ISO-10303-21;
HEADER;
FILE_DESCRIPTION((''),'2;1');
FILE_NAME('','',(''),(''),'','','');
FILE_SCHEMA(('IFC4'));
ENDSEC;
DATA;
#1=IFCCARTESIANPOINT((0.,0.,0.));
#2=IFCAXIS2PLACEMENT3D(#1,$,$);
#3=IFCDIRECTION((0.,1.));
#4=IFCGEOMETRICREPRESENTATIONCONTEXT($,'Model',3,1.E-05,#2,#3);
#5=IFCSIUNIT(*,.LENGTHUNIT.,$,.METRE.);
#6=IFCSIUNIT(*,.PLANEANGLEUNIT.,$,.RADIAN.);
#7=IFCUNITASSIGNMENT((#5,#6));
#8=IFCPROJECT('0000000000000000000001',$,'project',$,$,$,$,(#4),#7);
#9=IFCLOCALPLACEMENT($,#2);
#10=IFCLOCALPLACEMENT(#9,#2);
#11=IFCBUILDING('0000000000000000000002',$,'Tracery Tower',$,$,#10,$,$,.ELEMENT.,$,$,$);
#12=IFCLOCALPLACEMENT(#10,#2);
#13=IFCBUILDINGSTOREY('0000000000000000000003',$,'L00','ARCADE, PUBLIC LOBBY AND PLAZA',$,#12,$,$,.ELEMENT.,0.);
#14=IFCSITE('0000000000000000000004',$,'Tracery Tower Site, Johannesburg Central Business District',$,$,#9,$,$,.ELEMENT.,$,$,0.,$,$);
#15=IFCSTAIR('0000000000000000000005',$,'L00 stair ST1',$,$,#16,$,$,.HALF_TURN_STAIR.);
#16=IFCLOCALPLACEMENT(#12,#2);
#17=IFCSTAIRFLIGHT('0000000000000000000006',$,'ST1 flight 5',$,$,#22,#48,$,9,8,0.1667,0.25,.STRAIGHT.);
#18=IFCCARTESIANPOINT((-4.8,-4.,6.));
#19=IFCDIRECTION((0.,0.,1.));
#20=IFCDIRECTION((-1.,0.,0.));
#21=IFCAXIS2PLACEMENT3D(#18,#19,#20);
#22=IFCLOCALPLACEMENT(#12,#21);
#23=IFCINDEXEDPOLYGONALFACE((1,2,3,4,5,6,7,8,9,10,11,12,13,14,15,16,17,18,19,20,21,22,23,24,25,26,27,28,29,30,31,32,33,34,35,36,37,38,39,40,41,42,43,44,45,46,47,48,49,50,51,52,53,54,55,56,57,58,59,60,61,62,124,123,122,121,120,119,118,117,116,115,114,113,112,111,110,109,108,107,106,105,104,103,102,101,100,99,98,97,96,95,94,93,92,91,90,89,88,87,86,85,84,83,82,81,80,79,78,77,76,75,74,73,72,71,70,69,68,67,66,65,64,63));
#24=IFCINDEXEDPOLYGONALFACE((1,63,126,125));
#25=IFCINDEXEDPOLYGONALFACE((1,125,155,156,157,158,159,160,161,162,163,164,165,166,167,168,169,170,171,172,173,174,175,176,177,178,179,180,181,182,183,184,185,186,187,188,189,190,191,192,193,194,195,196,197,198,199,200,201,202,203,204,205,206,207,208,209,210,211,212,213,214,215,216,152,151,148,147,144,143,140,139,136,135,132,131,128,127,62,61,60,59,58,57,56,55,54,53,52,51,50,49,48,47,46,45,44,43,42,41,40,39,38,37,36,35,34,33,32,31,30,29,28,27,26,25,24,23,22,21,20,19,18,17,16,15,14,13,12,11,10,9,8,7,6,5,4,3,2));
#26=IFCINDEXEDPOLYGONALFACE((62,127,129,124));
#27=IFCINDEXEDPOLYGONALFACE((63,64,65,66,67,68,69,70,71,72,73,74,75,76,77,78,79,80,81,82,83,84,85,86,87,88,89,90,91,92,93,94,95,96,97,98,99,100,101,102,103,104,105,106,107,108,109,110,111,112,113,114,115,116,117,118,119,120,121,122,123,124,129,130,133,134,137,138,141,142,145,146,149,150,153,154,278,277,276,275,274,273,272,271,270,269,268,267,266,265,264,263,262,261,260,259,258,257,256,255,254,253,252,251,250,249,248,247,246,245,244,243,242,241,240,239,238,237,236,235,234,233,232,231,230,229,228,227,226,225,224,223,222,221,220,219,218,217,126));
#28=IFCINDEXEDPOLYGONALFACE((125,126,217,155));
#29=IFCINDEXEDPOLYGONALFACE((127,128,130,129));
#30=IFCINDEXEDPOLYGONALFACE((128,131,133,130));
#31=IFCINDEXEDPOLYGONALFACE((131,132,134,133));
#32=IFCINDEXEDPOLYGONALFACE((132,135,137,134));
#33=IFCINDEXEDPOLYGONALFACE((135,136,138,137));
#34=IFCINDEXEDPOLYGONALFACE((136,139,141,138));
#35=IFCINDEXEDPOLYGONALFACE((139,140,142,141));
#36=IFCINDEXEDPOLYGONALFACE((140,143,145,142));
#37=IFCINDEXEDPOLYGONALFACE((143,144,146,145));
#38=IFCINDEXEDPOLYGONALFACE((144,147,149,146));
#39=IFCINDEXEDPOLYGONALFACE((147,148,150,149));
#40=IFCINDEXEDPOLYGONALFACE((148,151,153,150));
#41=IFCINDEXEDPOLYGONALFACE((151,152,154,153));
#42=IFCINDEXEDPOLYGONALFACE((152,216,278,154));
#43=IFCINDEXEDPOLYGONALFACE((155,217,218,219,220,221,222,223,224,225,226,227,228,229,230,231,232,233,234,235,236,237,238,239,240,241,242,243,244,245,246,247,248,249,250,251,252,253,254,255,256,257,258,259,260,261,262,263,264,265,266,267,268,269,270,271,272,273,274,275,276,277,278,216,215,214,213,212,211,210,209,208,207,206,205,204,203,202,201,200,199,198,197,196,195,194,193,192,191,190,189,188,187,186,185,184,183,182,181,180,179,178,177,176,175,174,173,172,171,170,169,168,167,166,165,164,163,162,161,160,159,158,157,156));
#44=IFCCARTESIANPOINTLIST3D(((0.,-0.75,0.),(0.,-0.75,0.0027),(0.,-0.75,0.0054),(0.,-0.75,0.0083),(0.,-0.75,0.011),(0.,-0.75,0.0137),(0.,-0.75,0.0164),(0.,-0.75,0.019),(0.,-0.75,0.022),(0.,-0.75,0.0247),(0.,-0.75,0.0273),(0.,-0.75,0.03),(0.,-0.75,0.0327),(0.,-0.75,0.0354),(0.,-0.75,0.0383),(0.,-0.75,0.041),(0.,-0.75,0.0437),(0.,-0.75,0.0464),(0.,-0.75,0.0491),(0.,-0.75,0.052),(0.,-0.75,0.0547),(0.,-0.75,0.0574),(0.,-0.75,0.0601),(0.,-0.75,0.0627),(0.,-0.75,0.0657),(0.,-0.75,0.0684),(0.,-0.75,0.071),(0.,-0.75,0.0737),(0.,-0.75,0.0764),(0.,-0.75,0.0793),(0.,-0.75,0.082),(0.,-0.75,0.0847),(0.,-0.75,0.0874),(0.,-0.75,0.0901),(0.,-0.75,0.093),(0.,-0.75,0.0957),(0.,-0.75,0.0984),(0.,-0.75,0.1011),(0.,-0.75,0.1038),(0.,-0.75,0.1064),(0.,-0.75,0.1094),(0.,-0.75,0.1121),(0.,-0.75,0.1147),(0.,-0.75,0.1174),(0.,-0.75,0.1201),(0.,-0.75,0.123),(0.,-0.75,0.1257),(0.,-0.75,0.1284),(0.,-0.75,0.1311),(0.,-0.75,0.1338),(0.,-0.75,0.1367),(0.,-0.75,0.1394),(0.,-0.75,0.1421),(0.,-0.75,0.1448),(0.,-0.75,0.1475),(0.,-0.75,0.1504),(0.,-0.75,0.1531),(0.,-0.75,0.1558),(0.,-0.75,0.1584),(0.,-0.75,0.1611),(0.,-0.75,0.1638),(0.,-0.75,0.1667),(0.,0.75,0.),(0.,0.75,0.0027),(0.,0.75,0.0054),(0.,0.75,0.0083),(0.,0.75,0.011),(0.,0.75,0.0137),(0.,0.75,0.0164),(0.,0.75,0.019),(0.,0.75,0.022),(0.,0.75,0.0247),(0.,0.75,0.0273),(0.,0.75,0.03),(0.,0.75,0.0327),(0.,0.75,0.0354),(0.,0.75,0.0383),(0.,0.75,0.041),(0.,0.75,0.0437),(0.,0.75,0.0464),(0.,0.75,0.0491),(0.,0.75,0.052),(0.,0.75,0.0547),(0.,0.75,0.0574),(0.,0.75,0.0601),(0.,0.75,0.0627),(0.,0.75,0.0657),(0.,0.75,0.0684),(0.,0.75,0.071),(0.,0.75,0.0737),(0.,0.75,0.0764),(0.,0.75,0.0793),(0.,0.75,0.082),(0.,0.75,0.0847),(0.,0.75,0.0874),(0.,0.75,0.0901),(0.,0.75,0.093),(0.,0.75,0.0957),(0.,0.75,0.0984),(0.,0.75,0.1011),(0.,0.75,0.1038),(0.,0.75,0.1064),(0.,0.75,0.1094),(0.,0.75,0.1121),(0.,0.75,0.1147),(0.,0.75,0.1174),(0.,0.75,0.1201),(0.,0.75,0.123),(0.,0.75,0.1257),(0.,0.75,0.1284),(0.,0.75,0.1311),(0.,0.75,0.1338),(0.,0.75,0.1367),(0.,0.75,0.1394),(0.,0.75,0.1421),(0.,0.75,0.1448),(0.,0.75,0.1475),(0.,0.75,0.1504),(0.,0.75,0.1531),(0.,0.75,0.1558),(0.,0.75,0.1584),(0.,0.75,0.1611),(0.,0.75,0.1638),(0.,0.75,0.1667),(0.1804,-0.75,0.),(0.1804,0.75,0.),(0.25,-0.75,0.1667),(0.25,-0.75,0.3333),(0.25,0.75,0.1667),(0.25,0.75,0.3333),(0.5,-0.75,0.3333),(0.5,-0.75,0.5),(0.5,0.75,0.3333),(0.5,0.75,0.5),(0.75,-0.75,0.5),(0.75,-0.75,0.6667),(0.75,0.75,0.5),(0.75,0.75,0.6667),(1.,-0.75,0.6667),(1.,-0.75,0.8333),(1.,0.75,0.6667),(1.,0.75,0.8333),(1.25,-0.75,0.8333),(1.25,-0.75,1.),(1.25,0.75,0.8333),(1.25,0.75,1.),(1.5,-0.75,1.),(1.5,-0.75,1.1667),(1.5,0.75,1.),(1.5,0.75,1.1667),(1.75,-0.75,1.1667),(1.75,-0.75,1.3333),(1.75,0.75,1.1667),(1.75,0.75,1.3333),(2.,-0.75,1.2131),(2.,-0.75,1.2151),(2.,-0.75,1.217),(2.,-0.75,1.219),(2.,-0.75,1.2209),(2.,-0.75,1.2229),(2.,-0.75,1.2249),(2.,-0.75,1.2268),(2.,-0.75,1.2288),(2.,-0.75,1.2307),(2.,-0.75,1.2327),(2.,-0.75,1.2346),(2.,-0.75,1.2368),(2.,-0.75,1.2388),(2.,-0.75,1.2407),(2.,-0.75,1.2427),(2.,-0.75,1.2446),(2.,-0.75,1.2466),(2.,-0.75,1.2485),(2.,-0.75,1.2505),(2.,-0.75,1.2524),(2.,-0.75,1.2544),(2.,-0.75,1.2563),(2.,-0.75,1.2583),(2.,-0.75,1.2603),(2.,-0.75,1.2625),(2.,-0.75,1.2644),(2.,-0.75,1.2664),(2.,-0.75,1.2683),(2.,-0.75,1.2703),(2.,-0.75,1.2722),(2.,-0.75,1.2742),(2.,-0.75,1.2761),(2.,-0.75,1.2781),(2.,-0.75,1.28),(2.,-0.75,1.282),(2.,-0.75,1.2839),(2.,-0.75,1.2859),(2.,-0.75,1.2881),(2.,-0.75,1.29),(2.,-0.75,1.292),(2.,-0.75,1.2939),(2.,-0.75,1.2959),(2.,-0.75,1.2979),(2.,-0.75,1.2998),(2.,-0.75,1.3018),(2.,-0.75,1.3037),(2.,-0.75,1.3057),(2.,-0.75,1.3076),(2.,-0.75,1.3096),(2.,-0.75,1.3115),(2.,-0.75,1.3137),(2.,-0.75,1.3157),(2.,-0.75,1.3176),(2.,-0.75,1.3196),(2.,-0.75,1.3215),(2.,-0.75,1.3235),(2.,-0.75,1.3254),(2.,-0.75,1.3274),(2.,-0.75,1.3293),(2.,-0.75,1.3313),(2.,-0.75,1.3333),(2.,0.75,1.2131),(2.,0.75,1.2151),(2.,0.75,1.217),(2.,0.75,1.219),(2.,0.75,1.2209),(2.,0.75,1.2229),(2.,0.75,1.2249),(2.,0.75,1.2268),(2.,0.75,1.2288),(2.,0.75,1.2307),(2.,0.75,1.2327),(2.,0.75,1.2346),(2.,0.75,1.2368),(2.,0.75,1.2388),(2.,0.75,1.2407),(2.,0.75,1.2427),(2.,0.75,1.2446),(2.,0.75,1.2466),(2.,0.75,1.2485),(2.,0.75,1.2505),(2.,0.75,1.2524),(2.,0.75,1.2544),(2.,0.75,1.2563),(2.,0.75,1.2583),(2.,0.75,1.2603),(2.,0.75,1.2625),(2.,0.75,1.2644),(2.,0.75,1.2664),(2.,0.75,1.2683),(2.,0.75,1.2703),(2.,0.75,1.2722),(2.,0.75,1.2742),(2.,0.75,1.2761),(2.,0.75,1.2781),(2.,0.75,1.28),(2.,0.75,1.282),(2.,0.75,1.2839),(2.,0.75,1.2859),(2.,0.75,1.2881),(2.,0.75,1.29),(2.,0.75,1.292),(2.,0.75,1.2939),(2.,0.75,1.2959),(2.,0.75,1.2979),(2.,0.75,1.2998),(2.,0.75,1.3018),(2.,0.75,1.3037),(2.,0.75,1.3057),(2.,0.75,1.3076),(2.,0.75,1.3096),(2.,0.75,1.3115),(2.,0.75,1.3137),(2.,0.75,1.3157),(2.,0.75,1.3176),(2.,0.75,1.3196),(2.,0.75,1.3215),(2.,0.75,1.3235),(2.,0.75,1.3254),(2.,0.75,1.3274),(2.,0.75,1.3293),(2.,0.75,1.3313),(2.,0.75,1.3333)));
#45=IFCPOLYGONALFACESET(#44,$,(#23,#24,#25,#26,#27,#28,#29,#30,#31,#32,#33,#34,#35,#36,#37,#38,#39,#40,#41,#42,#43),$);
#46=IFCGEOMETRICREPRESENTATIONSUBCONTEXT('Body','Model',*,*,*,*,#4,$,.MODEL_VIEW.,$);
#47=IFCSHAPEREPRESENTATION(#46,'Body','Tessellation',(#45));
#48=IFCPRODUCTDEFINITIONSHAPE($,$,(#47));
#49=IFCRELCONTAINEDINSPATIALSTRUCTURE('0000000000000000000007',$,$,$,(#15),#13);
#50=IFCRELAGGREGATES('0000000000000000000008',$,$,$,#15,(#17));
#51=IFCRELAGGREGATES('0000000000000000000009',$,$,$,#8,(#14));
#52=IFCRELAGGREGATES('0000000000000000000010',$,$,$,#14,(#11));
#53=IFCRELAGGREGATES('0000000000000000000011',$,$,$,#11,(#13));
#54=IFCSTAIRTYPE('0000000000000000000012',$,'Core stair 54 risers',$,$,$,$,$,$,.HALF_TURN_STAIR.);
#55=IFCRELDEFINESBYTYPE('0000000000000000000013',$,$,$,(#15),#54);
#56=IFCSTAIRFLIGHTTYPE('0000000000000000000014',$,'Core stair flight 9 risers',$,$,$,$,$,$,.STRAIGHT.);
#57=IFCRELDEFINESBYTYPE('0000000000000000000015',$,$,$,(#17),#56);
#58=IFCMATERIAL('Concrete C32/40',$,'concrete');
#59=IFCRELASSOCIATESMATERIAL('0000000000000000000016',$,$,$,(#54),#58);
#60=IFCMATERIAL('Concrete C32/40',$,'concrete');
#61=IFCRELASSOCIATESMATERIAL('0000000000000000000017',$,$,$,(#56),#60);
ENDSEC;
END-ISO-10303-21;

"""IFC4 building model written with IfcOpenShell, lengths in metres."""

from ifc_helpers import new_model, si_unit, direction, frame, origin, place, context, subcontext, project, spatial, polyline, outline, extrude, material, type_object, element, aggregate, save


model = new_model("IFC4")

# Units and contexts
model_context = context("Model", 3, precision=1e-05, world=origin(), true_north=direction((0.0, 1.0)))
body_context = subcontext(model_context, "Body", "Model", "MODEL_VIEW")
ifc_project = project(units=[si_unit("LENGTHUNIT", "METRE"), si_unit("PLANEANGLEUNIT", "RADIAN")], contexts=[model_context])

# Site, building, storey
site_placement = place(None, origin())
site = spatial("IfcSite", under=ifc_project, at=site_placement, Name="Tracery Tower Site, Johannesburg Central Business District", CompositionType="ELEMENT", RefElevation=0.0)
building_placement = place(site_placement, origin())
building = spatial("IfcBuilding", under=site, at=building_placement, Name="Tracery Tower", CompositionType="ELEMENT")
storey_placement = place(building_placement, origin())
storey = spatial("IfcBuildingStorey", under=building, at=storey_placement, Name="L00", Description="ARCADE, PUBLIC LOBBY AND PLAZA", CompositionType="ELEMENT", Elevation=0.0)

# Stair, stair flight
ifc_material_1 = material(Name="Concrete C32/40", Category="concrete")
stair_type = type_object("IfcStairType", Name="Core stair 54 risers", PredefinedType="HALF_TURN_STAIR", material=ifc_material_1)
stair_placement = place(storey_placement, origin())
stair = element("IfcStair", 1, at=stair_placement, inside=storey, type_object=stair_type, Name="L00 stair ST1", PredefinedType="HALF_TURN_STAIR")
ifc_material_2 = material(Name="Concrete C32/40", Category="concrete")
stair_flight_type = type_object("IfcStairFlightType", Name="Core stair flight 9 risers", PredefinedType="STRAIGHT", material=ifc_material_2)
stair_flight_1_placement = place(storey_placement, frame((-4.8, -4.0, 6.0), z_axis=(0.0, 0.0, 1.0), x_axis=(-1.0, 0.0, 0.0)))
stair_flight_1 = element("IfcStairFlight", 2, at=stair_flight_1_placement, type_object=stair_flight_type, Name="ST1 flight 5", NumberOfRisers=9, NumberOfTreads=8, PredefinedType="STRAIGHT", RiserHeight=0.1667, TreadLength=0.25, context=body_context, shape_type="SweptSolid", body=[
    extrude(outline(polyline([(0.0, 0.0), (0.0, 0.0027), (0.0, 0.0054), (0.0, 0.0083), (0.0, 0.011), (0.0, 0.0137), (0.0, 0.0164), (0.0, 0.019), (0.0, 0.022), (0.0, 0.0247), (0.0, 0.0273), (0.0, 0.03), (0.0, 0.0327), (0.0, 0.0354), (0.0, 0.0383), (0.0, 0.041), (0.0, 0.0437), (0.0, 0.0464), (0.0, 0.0491), (0.0, 0.052), (0.0, 0.0547), (0.0, 0.0574), (0.0, 0.0601), (0.0, 0.0627), (0.0, 0.0657), (0.0, 0.0684), (0.0, 0.071), (0.0, 0.0737), (0.0, 0.0764), (0.0, 0.0793), (0.0, 0.082), (0.0, 0.0847), (0.0, 0.0874), (0.0, 0.0901), (0.0, 0.093), (0.0, 0.0957), (0.0, 0.0984), (0.0, 0.1011), (0.0, 0.1038), (0.0, 0.1064), (0.0, 0.1094), (0.0, 0.1121), (0.0, 0.1147), (0.0, 0.1174), (0.0, 0.1201), (0.0, 0.123), (0.0, 0.1257), (0.0, 0.1284), (0.0, 0.1311), (0.0, 0.1338), (0.0, 0.1367), (0.0, 0.1394), (0.0, 0.1421), (0.0, 0.1448), (0.0, 0.1475), (0.0, 0.1504), (0.0, 0.1531), (0.0, 0.1558), (0.0, 0.1584), (0.0, 0.1611), (0.0, 0.1638), (0.0, 0.1667), (0.25, 0.1667), (0.25, 0.3333), (0.5, 0.3333), (0.5, 0.5), (0.75, 0.5), (0.75, 0.6667), (1.0, 0.6667), (1.0, 0.8333), (1.25, 0.8333), (1.25, 1.0), (1.5, 1.0), (1.5, 1.1667), (1.75, 1.1667), (1.75, 1.3333), (2.0, 1.3333), (2.0, 1.3313), (2.0, 1.3293), (2.0, 1.3274), (2.0, 1.3254), (2.0, 1.3235), (2.0, 1.3215), (2.0, 1.3196), (2.0, 1.3176), (2.0, 1.3157), (2.0, 1.3137), (2.0, 1.3115), (2.0, 1.3096), (2.0, 1.3076), (2.0, 1.3057), (2.0, 1.3037), (2.0, 1.3018), (2.0, 1.2998), (2.0, 1.2979), (2.0, 1.2959), (2.0, 1.2939), (2.0, 1.292), (2.0, 1.29), (2.0, 1.2881), (2.0, 1.2859), (2.0, 1.2839), (2.0, 1.282), (2.0, 1.28), (2.0, 1.2781), (2.0, 1.2761), (2.0, 1.2742), (2.0, 1.2722), (2.0, 1.2703), (2.0, 1.2683), (2.0, 1.2664), (2.0, 1.2644), (2.0, 1.2625), (2.0, 1.2603), (2.0, 1.2583), (2.0, 1.2563), (2.0, 1.2544), (2.0, 1.2524), (2.0, 1.2505), (2.0, 1.2485), (2.0, 1.2466), (2.0, 1.2446), (2.0, 1.2427), (2.0, 1.2407), (2.0, 1.2388), (2.0, 1.2368), (2.0, 1.2346), (2.0, 1.2327), (2.0, 1.2307), (2.0, 1.2288), (2.0, 1.2268), (2.0, 1.2249), (2.0, 1.2229), (2.0, 1.2209), (2.0, 1.219), (2.0, 1.217), (2.0, 1.2151), (2.0, 1.2131), (0.1804, 0.0), (0.0, 0.0)])), frame((0.0, 0.75, 0.0), z_axis=(0.0, -1.0, 0.0), x_axis=(1.0, 0.0, 0.0)), (0.0, 0.0, 1.0), 1.5),
])
aggregate(stair, [stair_flight_1])

save(model, "model.ifc")
